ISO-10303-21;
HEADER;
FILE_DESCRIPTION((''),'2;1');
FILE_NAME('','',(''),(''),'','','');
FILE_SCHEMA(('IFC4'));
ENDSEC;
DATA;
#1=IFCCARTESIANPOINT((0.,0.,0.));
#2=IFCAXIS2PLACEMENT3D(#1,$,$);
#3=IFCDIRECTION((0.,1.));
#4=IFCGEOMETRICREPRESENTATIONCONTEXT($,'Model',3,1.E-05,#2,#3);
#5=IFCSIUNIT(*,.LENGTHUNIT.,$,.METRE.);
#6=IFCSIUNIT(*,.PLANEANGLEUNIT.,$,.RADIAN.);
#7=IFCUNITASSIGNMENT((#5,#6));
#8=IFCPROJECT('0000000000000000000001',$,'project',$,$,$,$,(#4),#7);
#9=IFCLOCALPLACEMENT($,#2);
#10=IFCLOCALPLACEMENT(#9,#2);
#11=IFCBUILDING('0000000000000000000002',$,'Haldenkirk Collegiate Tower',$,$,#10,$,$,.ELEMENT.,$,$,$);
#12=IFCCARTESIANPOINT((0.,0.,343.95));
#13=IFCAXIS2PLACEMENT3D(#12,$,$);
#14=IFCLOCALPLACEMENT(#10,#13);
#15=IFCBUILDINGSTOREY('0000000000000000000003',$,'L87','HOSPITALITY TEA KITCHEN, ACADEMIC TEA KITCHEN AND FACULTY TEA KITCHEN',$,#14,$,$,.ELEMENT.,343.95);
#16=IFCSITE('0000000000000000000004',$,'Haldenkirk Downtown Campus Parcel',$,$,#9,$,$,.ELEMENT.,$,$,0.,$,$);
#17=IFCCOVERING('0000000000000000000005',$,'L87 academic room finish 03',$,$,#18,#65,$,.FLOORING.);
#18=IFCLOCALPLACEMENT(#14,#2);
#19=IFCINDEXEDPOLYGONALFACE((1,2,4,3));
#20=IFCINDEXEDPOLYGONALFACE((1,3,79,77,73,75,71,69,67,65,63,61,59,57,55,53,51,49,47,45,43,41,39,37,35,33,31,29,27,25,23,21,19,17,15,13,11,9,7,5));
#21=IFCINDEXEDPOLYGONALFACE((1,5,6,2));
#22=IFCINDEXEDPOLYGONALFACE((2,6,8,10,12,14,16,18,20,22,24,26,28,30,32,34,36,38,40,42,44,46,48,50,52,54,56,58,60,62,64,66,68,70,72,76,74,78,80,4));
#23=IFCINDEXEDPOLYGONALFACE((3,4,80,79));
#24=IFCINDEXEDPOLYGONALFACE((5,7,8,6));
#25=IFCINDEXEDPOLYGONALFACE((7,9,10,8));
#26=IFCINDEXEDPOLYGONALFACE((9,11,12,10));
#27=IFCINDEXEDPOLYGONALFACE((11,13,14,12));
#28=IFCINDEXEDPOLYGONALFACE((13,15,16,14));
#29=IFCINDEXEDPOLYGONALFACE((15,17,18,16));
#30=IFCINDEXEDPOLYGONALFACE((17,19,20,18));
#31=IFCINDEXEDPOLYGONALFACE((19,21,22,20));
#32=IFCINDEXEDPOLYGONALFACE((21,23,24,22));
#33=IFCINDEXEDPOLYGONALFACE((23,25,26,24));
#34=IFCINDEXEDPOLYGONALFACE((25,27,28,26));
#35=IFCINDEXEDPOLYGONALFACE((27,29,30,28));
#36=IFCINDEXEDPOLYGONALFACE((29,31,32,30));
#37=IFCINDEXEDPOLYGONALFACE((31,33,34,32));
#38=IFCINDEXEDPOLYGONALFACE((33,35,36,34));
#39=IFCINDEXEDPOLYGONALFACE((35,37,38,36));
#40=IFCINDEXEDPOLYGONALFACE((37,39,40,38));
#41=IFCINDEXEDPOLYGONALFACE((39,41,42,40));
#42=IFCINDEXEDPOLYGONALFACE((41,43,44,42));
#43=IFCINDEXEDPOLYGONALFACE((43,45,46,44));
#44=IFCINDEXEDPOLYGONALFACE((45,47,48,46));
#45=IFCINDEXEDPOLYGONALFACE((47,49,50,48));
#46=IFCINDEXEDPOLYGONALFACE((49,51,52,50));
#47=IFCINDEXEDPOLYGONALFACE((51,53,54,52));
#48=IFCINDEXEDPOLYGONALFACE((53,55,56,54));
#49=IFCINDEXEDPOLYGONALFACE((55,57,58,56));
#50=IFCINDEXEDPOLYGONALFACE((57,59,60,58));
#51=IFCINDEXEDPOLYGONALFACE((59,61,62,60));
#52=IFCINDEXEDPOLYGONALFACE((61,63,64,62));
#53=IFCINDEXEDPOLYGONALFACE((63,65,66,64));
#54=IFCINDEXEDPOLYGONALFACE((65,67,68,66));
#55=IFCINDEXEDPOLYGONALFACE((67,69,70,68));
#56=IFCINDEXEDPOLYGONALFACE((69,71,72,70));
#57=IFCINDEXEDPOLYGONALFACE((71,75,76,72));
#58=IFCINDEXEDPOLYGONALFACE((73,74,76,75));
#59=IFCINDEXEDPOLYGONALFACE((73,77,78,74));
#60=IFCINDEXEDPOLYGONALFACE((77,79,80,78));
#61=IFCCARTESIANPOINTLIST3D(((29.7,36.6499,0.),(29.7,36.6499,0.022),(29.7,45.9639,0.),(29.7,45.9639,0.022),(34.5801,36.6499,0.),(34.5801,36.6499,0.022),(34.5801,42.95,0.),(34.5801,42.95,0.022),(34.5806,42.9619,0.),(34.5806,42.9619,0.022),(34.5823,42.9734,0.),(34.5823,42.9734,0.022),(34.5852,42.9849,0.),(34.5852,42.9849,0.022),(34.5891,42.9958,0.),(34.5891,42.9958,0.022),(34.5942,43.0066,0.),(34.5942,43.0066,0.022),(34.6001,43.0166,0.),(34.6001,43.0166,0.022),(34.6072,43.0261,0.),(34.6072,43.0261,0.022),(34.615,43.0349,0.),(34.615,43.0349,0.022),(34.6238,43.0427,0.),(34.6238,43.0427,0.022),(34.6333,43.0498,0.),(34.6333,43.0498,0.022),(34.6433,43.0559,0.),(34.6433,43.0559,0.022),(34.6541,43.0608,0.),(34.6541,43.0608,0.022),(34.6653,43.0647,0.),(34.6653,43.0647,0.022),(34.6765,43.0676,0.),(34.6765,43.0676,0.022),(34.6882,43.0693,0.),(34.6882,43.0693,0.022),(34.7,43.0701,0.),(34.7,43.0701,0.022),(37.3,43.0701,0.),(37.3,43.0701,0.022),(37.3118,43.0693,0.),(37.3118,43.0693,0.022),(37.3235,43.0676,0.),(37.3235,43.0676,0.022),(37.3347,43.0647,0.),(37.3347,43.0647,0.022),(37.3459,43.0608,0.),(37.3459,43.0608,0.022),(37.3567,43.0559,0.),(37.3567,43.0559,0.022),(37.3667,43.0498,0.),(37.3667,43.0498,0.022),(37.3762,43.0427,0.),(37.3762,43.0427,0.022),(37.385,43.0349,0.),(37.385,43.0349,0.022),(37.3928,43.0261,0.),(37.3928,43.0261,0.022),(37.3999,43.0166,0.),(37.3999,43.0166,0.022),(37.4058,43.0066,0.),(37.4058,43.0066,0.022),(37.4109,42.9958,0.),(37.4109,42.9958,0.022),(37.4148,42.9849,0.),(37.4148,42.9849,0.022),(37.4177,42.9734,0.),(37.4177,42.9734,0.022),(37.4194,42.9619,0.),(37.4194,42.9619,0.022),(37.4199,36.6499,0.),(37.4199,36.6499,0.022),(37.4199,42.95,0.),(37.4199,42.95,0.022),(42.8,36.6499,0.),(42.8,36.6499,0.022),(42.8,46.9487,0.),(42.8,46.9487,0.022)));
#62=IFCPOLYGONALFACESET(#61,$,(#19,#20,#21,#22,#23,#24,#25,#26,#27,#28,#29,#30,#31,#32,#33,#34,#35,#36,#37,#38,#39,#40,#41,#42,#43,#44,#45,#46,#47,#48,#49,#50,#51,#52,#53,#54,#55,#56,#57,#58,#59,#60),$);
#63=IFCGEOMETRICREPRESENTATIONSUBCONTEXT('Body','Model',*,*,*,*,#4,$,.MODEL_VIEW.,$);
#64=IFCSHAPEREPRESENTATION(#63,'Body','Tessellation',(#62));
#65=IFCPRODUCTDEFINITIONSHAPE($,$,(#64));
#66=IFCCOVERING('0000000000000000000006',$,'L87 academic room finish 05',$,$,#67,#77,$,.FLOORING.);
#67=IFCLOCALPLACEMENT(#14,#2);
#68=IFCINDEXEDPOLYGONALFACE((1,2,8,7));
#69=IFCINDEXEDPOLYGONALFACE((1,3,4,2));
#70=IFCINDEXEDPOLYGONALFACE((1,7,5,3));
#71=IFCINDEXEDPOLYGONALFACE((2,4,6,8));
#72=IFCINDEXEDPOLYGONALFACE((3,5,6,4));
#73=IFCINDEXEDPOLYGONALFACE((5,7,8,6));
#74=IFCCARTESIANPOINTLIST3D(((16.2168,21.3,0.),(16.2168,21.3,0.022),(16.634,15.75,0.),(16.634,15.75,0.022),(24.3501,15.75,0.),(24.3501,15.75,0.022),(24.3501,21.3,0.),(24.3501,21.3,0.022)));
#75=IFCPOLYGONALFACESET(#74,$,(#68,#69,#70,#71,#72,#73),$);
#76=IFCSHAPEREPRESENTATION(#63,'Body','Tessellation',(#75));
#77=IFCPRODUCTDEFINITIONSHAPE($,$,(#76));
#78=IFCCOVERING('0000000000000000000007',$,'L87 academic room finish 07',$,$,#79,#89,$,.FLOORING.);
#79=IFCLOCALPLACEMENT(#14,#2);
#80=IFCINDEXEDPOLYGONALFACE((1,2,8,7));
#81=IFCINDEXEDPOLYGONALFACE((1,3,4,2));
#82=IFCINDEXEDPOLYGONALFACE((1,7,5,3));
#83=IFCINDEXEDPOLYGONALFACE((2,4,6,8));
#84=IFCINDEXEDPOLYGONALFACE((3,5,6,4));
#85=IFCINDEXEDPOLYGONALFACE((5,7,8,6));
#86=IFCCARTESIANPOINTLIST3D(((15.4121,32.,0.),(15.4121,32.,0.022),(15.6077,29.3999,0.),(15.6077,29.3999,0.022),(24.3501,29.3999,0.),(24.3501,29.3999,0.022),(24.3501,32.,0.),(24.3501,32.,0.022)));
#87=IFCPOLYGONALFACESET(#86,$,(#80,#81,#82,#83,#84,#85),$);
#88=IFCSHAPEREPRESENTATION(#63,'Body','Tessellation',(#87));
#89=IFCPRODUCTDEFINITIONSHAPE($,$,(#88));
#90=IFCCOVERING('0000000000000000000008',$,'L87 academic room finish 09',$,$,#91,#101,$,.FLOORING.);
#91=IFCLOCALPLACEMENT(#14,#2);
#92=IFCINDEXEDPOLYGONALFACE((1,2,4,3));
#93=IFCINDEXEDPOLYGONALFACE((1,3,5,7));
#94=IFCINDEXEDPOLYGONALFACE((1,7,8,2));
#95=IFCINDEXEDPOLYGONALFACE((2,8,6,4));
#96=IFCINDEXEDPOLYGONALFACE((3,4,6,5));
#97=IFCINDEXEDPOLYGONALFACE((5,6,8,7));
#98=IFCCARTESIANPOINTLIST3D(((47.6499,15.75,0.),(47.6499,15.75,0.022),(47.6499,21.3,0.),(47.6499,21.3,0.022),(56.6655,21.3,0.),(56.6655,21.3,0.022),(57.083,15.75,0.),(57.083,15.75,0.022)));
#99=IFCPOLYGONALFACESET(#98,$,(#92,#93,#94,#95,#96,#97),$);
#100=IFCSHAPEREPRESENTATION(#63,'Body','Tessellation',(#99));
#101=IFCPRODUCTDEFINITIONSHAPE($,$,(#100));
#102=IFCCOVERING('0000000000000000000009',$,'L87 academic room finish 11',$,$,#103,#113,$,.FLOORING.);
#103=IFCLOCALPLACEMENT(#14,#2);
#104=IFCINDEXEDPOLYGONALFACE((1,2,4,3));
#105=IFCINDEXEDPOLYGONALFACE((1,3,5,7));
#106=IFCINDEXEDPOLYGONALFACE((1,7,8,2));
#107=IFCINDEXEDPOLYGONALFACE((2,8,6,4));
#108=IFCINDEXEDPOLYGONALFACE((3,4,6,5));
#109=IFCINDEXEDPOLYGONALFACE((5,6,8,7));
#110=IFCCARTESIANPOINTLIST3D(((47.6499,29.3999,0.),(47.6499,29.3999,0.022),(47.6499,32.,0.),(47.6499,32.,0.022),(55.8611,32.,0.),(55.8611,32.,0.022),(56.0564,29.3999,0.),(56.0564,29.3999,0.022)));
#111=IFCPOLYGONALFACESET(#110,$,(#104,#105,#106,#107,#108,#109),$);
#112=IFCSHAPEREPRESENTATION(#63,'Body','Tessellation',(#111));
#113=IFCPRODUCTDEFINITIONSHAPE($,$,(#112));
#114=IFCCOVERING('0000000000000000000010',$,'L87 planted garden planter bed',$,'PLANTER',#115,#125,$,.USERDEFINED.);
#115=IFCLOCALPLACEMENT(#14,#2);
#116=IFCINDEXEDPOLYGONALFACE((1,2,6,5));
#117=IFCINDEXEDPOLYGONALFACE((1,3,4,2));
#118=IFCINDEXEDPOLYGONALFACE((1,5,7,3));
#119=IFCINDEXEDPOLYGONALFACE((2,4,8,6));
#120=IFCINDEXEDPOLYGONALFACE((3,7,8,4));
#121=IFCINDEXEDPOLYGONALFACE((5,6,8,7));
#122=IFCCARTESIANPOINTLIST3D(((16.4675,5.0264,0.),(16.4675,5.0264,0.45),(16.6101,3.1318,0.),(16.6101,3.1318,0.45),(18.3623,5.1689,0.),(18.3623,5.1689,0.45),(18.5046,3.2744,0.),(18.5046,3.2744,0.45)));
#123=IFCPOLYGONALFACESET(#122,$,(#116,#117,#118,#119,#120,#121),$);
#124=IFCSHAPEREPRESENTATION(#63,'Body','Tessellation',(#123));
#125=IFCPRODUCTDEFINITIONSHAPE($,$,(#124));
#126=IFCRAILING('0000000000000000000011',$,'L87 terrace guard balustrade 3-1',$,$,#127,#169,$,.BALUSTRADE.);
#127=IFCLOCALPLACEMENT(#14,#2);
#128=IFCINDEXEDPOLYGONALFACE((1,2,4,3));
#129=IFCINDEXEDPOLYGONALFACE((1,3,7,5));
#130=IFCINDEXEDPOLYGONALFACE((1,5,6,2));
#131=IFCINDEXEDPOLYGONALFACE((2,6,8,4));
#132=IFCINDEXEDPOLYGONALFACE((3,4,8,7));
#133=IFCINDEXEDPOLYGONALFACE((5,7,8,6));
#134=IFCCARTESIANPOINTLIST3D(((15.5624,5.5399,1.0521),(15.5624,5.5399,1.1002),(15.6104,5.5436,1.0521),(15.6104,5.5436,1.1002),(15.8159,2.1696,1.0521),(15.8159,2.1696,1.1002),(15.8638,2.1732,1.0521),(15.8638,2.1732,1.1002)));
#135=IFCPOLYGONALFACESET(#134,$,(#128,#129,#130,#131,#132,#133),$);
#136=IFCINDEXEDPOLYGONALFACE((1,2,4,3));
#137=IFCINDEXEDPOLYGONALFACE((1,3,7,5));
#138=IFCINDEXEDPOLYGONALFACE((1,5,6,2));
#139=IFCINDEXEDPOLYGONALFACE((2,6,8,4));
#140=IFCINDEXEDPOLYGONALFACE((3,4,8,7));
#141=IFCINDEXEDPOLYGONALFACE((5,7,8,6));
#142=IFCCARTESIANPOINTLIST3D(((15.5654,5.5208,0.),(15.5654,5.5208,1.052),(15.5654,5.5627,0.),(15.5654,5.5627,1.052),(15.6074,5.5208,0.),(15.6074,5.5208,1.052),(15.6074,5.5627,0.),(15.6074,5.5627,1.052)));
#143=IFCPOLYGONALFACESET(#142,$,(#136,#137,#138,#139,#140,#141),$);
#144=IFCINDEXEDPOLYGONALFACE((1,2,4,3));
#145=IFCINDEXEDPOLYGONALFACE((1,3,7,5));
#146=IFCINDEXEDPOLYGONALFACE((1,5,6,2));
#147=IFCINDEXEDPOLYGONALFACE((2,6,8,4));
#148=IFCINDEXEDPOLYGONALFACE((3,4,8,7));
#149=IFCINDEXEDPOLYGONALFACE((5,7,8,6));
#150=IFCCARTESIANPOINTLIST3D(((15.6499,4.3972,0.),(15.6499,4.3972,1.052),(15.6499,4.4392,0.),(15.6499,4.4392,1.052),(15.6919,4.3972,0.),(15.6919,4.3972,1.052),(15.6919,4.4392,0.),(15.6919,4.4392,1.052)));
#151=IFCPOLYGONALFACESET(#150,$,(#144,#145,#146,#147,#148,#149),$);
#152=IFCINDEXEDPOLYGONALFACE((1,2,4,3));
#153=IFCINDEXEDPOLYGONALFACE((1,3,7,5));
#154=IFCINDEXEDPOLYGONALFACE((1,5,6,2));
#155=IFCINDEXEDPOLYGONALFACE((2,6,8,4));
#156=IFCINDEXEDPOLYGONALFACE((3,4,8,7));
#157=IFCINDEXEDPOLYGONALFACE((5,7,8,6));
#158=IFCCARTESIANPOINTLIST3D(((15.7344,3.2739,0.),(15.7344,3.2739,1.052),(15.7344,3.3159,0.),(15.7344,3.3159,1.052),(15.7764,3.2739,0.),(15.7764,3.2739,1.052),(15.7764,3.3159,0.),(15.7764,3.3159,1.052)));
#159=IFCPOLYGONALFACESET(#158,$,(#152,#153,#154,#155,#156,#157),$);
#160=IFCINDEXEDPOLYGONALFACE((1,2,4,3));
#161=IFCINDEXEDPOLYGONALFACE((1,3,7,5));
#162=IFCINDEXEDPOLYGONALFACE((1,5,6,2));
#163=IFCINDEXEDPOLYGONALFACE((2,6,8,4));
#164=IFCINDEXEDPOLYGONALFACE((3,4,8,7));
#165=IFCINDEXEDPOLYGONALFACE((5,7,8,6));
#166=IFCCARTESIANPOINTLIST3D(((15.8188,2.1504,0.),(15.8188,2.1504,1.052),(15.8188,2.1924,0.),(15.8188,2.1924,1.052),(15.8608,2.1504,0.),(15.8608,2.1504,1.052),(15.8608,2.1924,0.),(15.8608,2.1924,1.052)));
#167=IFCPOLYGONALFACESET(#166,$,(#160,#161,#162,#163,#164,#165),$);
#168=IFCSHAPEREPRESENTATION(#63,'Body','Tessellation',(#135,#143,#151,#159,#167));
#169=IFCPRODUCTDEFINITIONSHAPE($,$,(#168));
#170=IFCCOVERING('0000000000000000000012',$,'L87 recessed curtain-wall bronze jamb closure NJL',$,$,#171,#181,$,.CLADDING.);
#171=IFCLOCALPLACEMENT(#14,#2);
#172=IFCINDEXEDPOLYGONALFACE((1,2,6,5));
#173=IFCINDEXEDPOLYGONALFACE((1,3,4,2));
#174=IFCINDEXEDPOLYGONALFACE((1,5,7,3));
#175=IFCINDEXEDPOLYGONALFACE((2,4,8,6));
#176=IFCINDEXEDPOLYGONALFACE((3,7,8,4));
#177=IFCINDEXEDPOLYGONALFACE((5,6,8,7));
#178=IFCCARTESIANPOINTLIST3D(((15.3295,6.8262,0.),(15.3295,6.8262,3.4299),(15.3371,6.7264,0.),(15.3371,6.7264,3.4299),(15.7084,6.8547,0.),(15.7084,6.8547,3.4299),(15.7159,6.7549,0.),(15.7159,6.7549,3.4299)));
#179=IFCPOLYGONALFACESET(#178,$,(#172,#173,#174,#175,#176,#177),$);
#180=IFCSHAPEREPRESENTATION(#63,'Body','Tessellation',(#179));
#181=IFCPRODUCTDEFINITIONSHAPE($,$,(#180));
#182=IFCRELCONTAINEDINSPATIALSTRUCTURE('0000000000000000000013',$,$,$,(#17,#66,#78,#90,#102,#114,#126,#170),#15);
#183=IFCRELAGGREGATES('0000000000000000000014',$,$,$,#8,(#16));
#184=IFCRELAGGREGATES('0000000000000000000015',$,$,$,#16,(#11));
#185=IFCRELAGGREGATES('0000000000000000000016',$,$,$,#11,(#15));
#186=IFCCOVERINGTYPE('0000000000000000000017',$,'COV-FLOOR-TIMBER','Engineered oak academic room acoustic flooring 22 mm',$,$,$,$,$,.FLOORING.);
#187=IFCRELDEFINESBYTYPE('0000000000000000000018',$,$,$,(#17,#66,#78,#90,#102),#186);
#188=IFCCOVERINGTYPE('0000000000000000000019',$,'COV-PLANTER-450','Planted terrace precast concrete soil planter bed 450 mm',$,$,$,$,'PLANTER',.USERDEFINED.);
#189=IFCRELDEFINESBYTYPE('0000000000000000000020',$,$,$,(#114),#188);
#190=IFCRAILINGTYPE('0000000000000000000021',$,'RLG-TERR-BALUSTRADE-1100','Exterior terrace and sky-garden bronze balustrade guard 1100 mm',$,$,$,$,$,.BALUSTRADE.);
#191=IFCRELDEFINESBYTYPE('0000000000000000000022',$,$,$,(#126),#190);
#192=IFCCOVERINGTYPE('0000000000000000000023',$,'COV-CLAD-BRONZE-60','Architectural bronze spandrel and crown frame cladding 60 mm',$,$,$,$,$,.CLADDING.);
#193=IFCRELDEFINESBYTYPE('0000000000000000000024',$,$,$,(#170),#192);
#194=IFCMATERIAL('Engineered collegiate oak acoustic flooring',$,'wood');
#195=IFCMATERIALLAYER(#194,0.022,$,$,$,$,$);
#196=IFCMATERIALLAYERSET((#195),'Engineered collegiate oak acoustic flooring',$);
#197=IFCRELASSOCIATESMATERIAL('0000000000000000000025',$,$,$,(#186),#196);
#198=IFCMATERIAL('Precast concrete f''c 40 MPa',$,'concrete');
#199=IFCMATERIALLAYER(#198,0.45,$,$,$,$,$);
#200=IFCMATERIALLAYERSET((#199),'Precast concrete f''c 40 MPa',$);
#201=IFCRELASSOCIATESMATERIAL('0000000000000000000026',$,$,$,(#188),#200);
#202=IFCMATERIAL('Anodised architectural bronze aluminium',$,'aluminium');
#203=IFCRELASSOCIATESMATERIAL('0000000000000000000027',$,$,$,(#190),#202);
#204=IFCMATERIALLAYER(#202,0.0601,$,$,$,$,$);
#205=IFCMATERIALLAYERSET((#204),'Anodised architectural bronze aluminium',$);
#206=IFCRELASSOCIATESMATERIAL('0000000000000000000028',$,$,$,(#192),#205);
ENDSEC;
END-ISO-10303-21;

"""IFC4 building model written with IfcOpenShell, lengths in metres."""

from ifc_helpers import new_model, si_unit, direction, frame, origin, origin_2d, place, context, subcontext, project, spatial, polyline, rectangle, outline, extrude, source, transform, mapped, material, layer, layer_set, type_object, element, save


model = new_model("IFC4")

# Units and contexts
model_context = context("Model", 3, precision=1e-05, world=origin(), true_north=direction((0.0, 1.0)))
body_context = subcontext(model_context, "Body", "Model", "MODEL_VIEW")
ifc_project = project(units=[si_unit("LENGTHUNIT", "METRE"), si_unit("PLANEANGLEUNIT", "RADIAN")], contexts=[model_context])

# Site, building, storey
site_placement = place(None, origin())
site = spatial("IfcSite", under=ifc_project, at=site_placement, Name="Haldenkirk Downtown Campus Parcel", CompositionType="ELEMENT", RefElevation=0.0)
building_placement = place(site_placement, origin())
building = spatial("IfcBuilding", under=site, at=building_placement, Name="Haldenkirk Collegiate Tower", CompositionType="ELEMENT")
storey_placement = place(building_placement, frame((0.0, 0.0, 343.95)))
storey = spatial("IfcBuildingStorey", under=building, at=storey_placement, Name="L87", Description="HOSPITALITY TEA KITCHEN, ACADEMIC TEA KITCHEN AND FACULTY TEA KITCHEN", CompositionType="ELEMENT", Elevation=343.95)

# Shared definitions
ifc_material_1 = material(Name="Anodised architectural bronze aluminium", Category="aluminium")

# Shared definitions
ifc_material_2 = material(Name="Precast concrete f'c 40 MPa", Category="concrete")

# Coverings
ifc_material_3 = material(Name="Engineered collegiate oak acoustic flooring", Category="wood")
ifc_layer_1 = layer(ifc_material_3, 0.022)
ifc_layer_set_1 = layer_set([ifc_layer_1], Name="Engineered collegiate oak acoustic flooring")
covering_type_1 = type_object("IfcCoveringType", Name="COV-FLOOR-TIMBER", Description="Engineered oak academic room acoustic flooring 22 mm", PredefinedType="FLOORING", material=ifc_layer_set_1)
covering_1_placement = place(storey_placement, origin())
element("IfcCovering", 1, at=covering_1_placement, inside=storey, type_object=covering_type_1, Name="L87 academic room finish 03", PredefinedType="FLOORING", context=body_context, shape_type="SweptSolid", body=[
    extrude(outline(polyline([(42.8, 46.9487), (42.8, 36.6499), (37.4199, 36.6499), (37.4199, 42.95), (37.4194, 42.9619), (37.4177, 42.9734), (37.4148, 42.9849), (37.4109, 42.9958), (37.4058, 43.0066), (37.3999, 43.0166), (37.3928, 43.0261), (37.385, 43.0349), (37.3762, 43.0427), (37.3667, 43.0498), (37.3567, 43.0559), (37.3459, 43.0608), (37.3347, 43.0647), (37.3235, 43.0676), (37.3118, 43.0693), (37.3, 43.0701), (34.7, 43.0701), (34.6882, 43.0693), (34.6765, 43.0676), (34.6653, 43.0647), (34.6541, 43.0608), (34.6433, 43.0559), (34.6333, 43.0498), (34.6238, 43.0427), (34.615, 43.0349), (34.6072, 43.0261), (34.6001, 43.0166), (34.5942, 43.0066), (34.5891, 42.9958), (34.5852, 42.9849), (34.5823, 42.9734), (34.5806, 42.9619), (34.5801, 42.95), (34.5801, 36.6499), (29.7, 36.6499), (29.7, 45.9639), (42.8, 46.9487)])), origin(), (0.0, 0.0, 1.0), 0.022),
])
covering_2_placement = place(storey_placement, origin())
element("IfcCovering", 2, at=covering_2_placement, inside=storey, type_object=covering_type_1, Name="L87 academic room finish 05", PredefinedType="FLOORING", context=body_context, shape_type="SweptSolid", body=[
    extrude(outline(polyline([(16.2168, 21.3), (24.3501, 21.3), (24.3501, 15.75), (16.634, 15.75), (16.2168, 21.3)])), origin(), (0.0, 0.0, 1.0), 0.022),
])
covering_3_placement = place(storey_placement, origin())
element("IfcCovering", 3, at=covering_3_placement, inside=storey, type_object=covering_type_1, Name="L87 academic room finish 07", PredefinedType="FLOORING", context=body_context, shape_type="SweptSolid", body=[
    extrude(outline(polyline([(15.4121, 32.0), (24.3501, 32.0), (24.3501, 29.3999), (15.6077, 29.3999), (15.4121, 32.0)])), origin(), (0.0, 0.0, 1.0), 0.022),
])
covering_4_placement = place(storey_placement, origin())
element("IfcCovering", 4, at=covering_4_placement, inside=storey, type_object=covering_type_1, Name="L87 academic room finish 09", PredefinedType="FLOORING", context=body_context, shape_type="SweptSolid", body=[
    extrude(outline(polyline([(57.083, 15.75), (47.6499, 15.75), (47.6499, 21.3), (56.6655, 21.3), (57.083, 15.75)])), origin(), (0.0, 0.0, 1.0), 0.022),
])
covering_5_placement = place(storey_placement, origin())
element("IfcCovering", 5, at=covering_5_placement, inside=storey, type_object=covering_type_1, Name="L87 academic room finish 11", PredefinedType="FLOORING", context=body_context, shape_type="SweptSolid", body=[
    extrude(outline(polyline([(56.0564, 29.3999), (47.6499, 29.3999), (47.6499, 32.0), (55.8611, 32.0), (56.0564, 29.3999)])), origin(), (0.0, 0.0, 1.0), 0.022),
])
ifc_layer_2 = layer(ifc_material_2, 0.45)
ifc_layer_set_2 = layer_set([ifc_layer_2], Name="Precast concrete f'c 40 MPa")
covering_type_2 = type_object("IfcCoveringType", Name="COV-PLANTER-450", Description="Planted terrace precast concrete soil planter bed 450 mm", ElementType="PLANTER", PredefinedType="USERDEFINED", material=ifc_layer_set_2)
covering_6_placement = place(storey_placement, origin())
element("IfcCovering", 6, at=covering_6_placement, inside=storey, type_object=covering_type_2, Name="L87 planted garden planter bed", ObjectType="PLANTER", PredefinedType="USERDEFINED", context=body_context, shape_type="SweptSolid", body=[
    extrude(outline(polyline([(18.5046, 3.2744), (16.6101, 3.1318), (16.4675, 5.0264), (18.3623, 5.1689), (18.5046, 3.2744)])), origin(), (0.0, 0.0, 1.0), 0.45),
])

# Railing
railing_type = type_object("IfcRailingType", Name="RLG-TERR-BALUSTRADE-1100", Description="Exterior terrace and sky-garden bronze balustrade guard 1100 mm", PredefinedType="BALUSTRADE", material=ifc_material_1)
railing_placement = place(storey_placement, frame((15.5864, 5.5417, 0.0)))
element("IfcRailing", 7, at=railing_placement, inside=storey, type_object=railing_type, Name="L87 terrace guard balustrade 3-1", PredefinedType="BALUSTRADE", context=body_context, shape_type="SweptSolid", body=[
    extrude(rectangle(XDim=0.0481, YDim=0.0481, at=origin_2d()), frame((0.0, 0.0, 1.0762), z_axis=(0.074978, -0.997185, 0.0), x_axis=(0.997185, 0.074978, 0.0)), (0.0, 0.0, 1.0), 3.3799),
    extrude(rectangle(XDim=0.042, YDim=0.042, at=origin_2d()), origin(), (0.0, 0.0, 1.0), 1.052),
    extrude(rectangle(XDim=0.042, YDim=0.042, at=origin_2d()), frame((0.0845, -1.1235, 0.0)), (0.0, 0.0, 1.0), 1.052),
    extrude(rectangle(XDim=0.042, YDim=0.042, at=origin_2d()), frame((0.1689, -2.2468, 0.0)), (0.0, 0.0, 1.0), 1.052),
    extrude(rectangle(XDim=0.042, YDim=0.042, at=origin_2d()), frame((0.2534, -3.3704, 0.0)), (0.0, 0.0, 1.0), 1.052),
])

# Covering
ifc_layer_3 = layer(ifc_material_1, 0.0601)
ifc_layer_set_3 = layer_set([ifc_layer_3], Name="Anodised architectural bronze aluminium")
covering_type_3 = type_object("IfcCoveringType", Name="COV-CLAD-BRONZE-60", Description="Architectural bronze spandrel and crown frame cladding 60 mm", PredefinedType="CLADDING", material=ifc_layer_set_3)
shared_shape_1 = source(origin(), body_context, "Body", "SweptSolid", [
    extrude(rectangle(XDim=0.1001, YDim=0.3799, at=origin_2d()), origin(), (0.0, 0.0, 1.0), 3.4299),
])
covering_7_placement = place(storey_placement, frame((15.5227, 6.7905, 0.0), z_axis=(0.0, 0.0, 1.0), x_axis=(-0.074979, 0.997185, 0.0)))
element("IfcCovering", 8, at=covering_7_placement, inside=storey, type_object=covering_type_3, Name="L87 recessed curtain-wall bronze jamb closure NJL", PredefinedType="CLADDING", context=body_context, shape_type="MappedRepresentation", body=[
    mapped(shared_shape_1, transform((0.0, 0.0, 0.0), x_axis=(1.0, 0.0, 0.0), y_axis=(0.0, 1.0, 0.0), z_axis=(0.0, 0.0, 1.0), scale=1.0)),
])

save(model, "model.ifc")
